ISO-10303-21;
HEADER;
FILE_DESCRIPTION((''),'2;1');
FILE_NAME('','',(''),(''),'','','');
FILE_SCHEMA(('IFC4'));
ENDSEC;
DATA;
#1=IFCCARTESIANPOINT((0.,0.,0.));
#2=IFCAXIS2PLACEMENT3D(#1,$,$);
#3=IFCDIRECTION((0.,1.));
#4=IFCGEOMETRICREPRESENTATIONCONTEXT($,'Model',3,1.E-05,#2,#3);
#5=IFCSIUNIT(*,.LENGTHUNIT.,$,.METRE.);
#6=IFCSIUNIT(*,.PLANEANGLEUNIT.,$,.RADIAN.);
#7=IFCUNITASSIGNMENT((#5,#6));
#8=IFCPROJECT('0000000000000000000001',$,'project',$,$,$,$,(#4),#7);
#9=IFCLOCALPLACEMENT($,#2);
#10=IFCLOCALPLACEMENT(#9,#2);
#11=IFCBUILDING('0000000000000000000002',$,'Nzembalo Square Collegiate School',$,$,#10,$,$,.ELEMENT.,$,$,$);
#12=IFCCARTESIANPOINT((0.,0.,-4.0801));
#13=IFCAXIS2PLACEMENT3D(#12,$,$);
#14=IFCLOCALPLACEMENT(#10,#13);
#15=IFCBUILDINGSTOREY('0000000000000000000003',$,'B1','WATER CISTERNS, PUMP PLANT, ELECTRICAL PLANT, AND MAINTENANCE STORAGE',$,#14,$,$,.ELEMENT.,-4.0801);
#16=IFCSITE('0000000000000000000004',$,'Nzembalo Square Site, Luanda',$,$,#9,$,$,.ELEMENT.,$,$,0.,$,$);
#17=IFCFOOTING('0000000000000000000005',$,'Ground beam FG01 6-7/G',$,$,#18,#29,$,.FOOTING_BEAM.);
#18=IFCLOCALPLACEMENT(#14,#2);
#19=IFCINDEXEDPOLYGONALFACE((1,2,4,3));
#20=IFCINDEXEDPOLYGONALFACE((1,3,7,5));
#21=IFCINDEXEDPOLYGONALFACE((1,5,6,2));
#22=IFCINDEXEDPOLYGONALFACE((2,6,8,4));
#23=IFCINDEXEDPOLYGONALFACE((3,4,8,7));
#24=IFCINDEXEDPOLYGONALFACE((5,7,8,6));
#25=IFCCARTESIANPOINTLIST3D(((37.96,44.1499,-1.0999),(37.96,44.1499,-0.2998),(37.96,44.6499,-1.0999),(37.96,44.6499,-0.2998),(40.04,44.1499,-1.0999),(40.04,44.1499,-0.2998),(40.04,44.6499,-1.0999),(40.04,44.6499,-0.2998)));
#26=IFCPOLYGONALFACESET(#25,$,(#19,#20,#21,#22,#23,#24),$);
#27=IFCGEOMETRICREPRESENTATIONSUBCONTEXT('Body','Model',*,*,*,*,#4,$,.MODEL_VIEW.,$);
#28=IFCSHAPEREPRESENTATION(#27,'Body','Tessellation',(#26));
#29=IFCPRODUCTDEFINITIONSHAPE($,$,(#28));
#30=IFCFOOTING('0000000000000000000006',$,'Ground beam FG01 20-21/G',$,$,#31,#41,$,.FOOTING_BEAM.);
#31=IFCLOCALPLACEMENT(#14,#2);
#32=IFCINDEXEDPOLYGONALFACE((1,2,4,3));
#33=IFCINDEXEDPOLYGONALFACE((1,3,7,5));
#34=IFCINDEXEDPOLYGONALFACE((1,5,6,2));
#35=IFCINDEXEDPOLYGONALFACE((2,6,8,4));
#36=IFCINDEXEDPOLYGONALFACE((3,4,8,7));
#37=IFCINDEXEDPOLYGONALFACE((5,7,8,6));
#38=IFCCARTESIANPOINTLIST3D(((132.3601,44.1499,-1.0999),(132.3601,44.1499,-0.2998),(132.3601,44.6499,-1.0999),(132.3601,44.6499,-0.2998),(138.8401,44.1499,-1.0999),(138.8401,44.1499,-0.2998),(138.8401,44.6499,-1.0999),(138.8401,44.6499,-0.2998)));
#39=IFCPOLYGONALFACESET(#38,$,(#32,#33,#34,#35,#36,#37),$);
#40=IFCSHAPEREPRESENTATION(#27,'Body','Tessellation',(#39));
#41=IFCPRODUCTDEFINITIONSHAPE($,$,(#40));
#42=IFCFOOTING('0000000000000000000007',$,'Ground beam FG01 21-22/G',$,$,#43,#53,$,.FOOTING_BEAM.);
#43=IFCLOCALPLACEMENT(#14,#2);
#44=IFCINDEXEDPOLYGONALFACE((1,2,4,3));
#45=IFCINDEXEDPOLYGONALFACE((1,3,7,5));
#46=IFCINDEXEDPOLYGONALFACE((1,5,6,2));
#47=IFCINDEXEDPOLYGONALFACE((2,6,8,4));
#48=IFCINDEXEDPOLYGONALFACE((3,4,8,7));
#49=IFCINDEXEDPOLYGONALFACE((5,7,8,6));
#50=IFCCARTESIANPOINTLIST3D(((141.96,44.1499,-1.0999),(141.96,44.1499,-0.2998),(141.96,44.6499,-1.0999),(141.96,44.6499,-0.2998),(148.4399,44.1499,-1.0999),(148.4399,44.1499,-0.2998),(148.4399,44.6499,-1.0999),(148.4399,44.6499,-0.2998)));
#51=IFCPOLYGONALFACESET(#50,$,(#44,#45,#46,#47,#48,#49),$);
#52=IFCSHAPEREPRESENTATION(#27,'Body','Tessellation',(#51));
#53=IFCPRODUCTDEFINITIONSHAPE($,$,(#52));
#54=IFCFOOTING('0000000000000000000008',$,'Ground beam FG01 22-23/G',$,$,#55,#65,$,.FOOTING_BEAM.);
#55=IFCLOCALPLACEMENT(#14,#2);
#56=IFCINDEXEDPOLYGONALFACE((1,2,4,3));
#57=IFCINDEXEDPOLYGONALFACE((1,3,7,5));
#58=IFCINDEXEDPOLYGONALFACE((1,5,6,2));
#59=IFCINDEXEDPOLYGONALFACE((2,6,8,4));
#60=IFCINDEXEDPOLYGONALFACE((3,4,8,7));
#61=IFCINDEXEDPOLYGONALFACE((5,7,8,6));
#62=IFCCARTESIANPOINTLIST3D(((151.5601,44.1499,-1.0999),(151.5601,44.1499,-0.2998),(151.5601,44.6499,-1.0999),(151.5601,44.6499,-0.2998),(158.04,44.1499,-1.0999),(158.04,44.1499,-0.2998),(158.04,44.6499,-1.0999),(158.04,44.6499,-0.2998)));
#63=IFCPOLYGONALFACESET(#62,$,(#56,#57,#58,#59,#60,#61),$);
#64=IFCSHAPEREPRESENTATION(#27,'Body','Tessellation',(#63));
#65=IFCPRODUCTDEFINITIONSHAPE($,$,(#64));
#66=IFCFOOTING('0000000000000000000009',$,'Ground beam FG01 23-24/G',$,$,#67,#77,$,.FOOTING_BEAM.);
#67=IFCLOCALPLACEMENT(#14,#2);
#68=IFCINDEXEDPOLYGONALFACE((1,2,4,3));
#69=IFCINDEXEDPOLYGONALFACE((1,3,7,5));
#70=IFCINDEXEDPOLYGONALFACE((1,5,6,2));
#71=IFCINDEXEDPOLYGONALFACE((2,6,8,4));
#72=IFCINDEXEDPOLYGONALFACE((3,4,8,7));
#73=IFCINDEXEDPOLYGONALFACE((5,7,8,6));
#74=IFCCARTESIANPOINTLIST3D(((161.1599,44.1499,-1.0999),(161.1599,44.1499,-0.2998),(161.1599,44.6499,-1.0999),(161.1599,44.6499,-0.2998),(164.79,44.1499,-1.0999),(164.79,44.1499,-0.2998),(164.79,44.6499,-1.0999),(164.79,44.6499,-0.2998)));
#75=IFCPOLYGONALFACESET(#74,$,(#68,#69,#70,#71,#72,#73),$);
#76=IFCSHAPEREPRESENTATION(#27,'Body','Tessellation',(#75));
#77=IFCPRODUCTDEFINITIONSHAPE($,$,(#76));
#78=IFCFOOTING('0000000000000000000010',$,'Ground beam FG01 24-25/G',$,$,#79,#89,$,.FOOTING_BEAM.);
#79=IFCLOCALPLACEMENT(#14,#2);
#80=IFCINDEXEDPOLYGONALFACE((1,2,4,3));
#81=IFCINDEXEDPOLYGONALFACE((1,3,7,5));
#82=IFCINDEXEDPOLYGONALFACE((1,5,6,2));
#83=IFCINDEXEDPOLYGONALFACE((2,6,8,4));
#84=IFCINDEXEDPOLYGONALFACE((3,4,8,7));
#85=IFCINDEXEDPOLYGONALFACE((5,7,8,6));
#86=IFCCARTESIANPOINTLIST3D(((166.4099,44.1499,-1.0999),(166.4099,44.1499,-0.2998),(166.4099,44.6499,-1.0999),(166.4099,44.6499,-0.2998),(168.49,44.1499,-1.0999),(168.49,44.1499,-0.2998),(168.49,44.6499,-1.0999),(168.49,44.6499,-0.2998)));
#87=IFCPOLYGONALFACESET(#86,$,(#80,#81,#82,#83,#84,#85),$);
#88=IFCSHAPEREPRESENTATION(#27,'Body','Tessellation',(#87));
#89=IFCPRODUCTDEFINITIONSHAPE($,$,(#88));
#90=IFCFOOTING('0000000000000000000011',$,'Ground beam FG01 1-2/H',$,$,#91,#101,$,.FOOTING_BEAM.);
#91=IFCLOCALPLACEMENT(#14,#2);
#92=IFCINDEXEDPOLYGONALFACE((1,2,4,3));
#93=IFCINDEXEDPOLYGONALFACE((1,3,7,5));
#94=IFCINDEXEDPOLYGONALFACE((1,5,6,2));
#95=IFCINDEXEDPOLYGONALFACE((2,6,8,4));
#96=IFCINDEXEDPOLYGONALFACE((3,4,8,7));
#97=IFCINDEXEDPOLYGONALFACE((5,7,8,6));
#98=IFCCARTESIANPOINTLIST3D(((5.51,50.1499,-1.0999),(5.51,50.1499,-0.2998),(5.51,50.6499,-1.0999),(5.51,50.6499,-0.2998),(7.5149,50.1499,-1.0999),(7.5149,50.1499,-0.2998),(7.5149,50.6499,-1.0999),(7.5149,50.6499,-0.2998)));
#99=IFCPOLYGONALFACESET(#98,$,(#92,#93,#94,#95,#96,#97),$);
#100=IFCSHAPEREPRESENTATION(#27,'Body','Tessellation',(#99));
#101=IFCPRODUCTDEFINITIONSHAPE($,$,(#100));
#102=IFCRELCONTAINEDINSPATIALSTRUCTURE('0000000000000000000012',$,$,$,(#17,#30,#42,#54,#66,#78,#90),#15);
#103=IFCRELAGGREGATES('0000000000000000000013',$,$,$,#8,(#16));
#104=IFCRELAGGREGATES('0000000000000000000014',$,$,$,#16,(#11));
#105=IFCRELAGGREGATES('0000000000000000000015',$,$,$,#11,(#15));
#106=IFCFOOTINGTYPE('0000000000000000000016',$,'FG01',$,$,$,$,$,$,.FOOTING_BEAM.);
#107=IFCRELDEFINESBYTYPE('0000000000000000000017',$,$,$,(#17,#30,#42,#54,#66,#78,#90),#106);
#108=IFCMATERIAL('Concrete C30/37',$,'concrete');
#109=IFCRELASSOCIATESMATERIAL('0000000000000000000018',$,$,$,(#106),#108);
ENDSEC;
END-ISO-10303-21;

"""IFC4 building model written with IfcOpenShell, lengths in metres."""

from ifc_helpers import new_model, si_unit, direction, frame, origin, place, context, subcontext, project, spatial, polyline, outline, extrude, material, type_object, element, save


model = new_model("IFC4")

# Units and contexts
model_context = context("Model", 3, precision=1e-05, world=origin(), true_north=direction((0.0, 1.0)))
body_context = subcontext(model_context, "Body", "Model", "MODEL_VIEW")
ifc_project = project(units=[si_unit("LENGTHUNIT", "METRE"), si_unit("PLANEANGLEUNIT", "RADIAN")], contexts=[model_context])

# Site, building, storey
site_placement = place(None, origin())
site = spatial("IfcSite", under=ifc_project, at=site_placement, Name="Nzembalo Square Site, Luanda", CompositionType="ELEMENT", RefElevation=0.0)
building_placement = place(site_placement, origin())
building = spatial("IfcBuilding", under=site, at=building_placement, Name="Nzembalo Square Collegiate School", CompositionType="ELEMENT")
storey_placement = place(building_placement, frame((0.0, 0.0, -4.0801)))
storey = spatial("IfcBuildingStorey", under=building, at=storey_placement, Name="B1", Description="WATER CISTERNS, PUMP PLANT, ELECTRICAL PLANT, AND MAINTENANCE STORAGE", CompositionType="ELEMENT", Elevation=-4.0801)

# Footings
ifc_material = material(Name="Concrete C30/37", Category="concrete")
footing_type = type_object("IfcFootingType", Name="FG01", PredefinedType="FOOTING_BEAM", material=ifc_material)
footing_1_placement = place(storey_placement, frame((0.0, 0.0, -1.0999)))
element("IfcFooting", 1, at=footing_1_placement, inside=storey, type_object=footing_type, Name="Ground beam FG01 6-7/G", PredefinedType="FOOTING_BEAM", context=body_context, shape_type="SweptSolid", body=[
    extrude(outline(polyline([(37.96, 44.1499), (40.04, 44.1499), (40.04, 44.6499), (37.96, 44.6499), (37.96, 44.1499)])), origin(), (0.0, 0.0, 1.0), 0.8),
])
footing_2_placement = place(storey_placement, frame((0.0, 0.0, -1.0999)))
element("IfcFooting", 2, at=footing_2_placement, inside=storey, type_object=footing_type, Name="Ground beam FG01 20-21/G", PredefinedType="FOOTING_BEAM", context=body_context, shape_type="SweptSolid", body=[
    extrude(outline(polyline([(132.3601, 44.1499), (138.8401, 44.1499), (138.8401, 44.6499), (132.3601, 44.6499), (132.3601, 44.1499)])), origin(), (0.0, 0.0, 1.0), 0.8),
])
footing_3_placement = place(storey_placement, frame((0.0, 0.0, -1.0999)))
element("IfcFooting", 3, at=footing_3_placement, inside=storey, type_object=footing_type, Name="Ground beam FG01 21-22/G", PredefinedType="FOOTING_BEAM", context=body_context, shape_type="SweptSolid", body=[
    extrude(outline(polyline([(141.96, 44.1499), (148.4399, 44.1499), (148.4399, 44.6499), (141.96, 44.6499), (141.96, 44.1499)])), origin(), (0.0, 0.0, 1.0), 0.8),
])
footing_4_placement = place(storey_placement, frame((0.0, 0.0, -1.0999)))
element("IfcFooting", 4, at=footing_4_placement, inside=storey, type_object=footing_type, Name="Ground beam FG01 22-23/G", PredefinedType="FOOTING_BEAM", context=body_context, shape_type="SweptSolid", body=[
    extrude(outline(polyline([(151.5601, 44.1499), (158.04, 44.1499), (158.04, 44.6499), (151.5601, 44.6499), (151.5601, 44.1499)])), origin(), (0.0, 0.0, 1.0), 0.8),
])
footing_5_placement = place(storey_placement, frame((0.0, 0.0, -1.0999)))
element("IfcFooting", 5, at=footing_5_placement, inside=storey, type_object=footing_type, Name="Ground beam FG01 23-24/G", PredefinedType="FOOTING_BEAM", context=body_context, shape_type="SweptSolid", body=[
    extrude(outline(polyline([(161.1599, 44.1499), (164.79, 44.1499), (164.79, 44.6499), (161.1599, 44.6499), (161.1599, 44.1499)])), origin(), (0.0, 0.0, 1.0), 0.8),
])
footing_6_placement = place(storey_placement, frame((0.0, 0.0, -1.0999)))
element("IfcFooting", 6, at=footing_6_placement, inside=storey, type_object=footing_type, Name="Ground beam FG01 24-25/G", PredefinedType="FOOTING_BEAM", context=body_context, shape_type="SweptSolid", body=[
    extrude(outline(polyline([(166.4099, 44.1499), (168.49, 44.1499), (168.49, 44.6499), (166.4099, 44.6499), (166.4099, 44.1499)])), origin(), (0.0, 0.0, 1.0), 0.8),
])
footing_7_placement = place(storey_placement, frame((0.0, 0.0, -1.0999)))
element("IfcFooting", 7, at=footing_7_placement, inside=storey, type_object=footing_type, Name="Ground beam FG01 1-2/H", PredefinedType="FOOTING_BEAM", context=body_context, shape_type="SweptSolid", body=[
    extrude(outline(polyline([(5.51, 50.1499), (7.5149, 50.1499), (7.5149, 50.6499), (5.51, 50.6499), (5.51, 50.1499)])), origin(), (0.0, 0.0, 1.0), 0.8),
])

save(model, "model.ifc")
